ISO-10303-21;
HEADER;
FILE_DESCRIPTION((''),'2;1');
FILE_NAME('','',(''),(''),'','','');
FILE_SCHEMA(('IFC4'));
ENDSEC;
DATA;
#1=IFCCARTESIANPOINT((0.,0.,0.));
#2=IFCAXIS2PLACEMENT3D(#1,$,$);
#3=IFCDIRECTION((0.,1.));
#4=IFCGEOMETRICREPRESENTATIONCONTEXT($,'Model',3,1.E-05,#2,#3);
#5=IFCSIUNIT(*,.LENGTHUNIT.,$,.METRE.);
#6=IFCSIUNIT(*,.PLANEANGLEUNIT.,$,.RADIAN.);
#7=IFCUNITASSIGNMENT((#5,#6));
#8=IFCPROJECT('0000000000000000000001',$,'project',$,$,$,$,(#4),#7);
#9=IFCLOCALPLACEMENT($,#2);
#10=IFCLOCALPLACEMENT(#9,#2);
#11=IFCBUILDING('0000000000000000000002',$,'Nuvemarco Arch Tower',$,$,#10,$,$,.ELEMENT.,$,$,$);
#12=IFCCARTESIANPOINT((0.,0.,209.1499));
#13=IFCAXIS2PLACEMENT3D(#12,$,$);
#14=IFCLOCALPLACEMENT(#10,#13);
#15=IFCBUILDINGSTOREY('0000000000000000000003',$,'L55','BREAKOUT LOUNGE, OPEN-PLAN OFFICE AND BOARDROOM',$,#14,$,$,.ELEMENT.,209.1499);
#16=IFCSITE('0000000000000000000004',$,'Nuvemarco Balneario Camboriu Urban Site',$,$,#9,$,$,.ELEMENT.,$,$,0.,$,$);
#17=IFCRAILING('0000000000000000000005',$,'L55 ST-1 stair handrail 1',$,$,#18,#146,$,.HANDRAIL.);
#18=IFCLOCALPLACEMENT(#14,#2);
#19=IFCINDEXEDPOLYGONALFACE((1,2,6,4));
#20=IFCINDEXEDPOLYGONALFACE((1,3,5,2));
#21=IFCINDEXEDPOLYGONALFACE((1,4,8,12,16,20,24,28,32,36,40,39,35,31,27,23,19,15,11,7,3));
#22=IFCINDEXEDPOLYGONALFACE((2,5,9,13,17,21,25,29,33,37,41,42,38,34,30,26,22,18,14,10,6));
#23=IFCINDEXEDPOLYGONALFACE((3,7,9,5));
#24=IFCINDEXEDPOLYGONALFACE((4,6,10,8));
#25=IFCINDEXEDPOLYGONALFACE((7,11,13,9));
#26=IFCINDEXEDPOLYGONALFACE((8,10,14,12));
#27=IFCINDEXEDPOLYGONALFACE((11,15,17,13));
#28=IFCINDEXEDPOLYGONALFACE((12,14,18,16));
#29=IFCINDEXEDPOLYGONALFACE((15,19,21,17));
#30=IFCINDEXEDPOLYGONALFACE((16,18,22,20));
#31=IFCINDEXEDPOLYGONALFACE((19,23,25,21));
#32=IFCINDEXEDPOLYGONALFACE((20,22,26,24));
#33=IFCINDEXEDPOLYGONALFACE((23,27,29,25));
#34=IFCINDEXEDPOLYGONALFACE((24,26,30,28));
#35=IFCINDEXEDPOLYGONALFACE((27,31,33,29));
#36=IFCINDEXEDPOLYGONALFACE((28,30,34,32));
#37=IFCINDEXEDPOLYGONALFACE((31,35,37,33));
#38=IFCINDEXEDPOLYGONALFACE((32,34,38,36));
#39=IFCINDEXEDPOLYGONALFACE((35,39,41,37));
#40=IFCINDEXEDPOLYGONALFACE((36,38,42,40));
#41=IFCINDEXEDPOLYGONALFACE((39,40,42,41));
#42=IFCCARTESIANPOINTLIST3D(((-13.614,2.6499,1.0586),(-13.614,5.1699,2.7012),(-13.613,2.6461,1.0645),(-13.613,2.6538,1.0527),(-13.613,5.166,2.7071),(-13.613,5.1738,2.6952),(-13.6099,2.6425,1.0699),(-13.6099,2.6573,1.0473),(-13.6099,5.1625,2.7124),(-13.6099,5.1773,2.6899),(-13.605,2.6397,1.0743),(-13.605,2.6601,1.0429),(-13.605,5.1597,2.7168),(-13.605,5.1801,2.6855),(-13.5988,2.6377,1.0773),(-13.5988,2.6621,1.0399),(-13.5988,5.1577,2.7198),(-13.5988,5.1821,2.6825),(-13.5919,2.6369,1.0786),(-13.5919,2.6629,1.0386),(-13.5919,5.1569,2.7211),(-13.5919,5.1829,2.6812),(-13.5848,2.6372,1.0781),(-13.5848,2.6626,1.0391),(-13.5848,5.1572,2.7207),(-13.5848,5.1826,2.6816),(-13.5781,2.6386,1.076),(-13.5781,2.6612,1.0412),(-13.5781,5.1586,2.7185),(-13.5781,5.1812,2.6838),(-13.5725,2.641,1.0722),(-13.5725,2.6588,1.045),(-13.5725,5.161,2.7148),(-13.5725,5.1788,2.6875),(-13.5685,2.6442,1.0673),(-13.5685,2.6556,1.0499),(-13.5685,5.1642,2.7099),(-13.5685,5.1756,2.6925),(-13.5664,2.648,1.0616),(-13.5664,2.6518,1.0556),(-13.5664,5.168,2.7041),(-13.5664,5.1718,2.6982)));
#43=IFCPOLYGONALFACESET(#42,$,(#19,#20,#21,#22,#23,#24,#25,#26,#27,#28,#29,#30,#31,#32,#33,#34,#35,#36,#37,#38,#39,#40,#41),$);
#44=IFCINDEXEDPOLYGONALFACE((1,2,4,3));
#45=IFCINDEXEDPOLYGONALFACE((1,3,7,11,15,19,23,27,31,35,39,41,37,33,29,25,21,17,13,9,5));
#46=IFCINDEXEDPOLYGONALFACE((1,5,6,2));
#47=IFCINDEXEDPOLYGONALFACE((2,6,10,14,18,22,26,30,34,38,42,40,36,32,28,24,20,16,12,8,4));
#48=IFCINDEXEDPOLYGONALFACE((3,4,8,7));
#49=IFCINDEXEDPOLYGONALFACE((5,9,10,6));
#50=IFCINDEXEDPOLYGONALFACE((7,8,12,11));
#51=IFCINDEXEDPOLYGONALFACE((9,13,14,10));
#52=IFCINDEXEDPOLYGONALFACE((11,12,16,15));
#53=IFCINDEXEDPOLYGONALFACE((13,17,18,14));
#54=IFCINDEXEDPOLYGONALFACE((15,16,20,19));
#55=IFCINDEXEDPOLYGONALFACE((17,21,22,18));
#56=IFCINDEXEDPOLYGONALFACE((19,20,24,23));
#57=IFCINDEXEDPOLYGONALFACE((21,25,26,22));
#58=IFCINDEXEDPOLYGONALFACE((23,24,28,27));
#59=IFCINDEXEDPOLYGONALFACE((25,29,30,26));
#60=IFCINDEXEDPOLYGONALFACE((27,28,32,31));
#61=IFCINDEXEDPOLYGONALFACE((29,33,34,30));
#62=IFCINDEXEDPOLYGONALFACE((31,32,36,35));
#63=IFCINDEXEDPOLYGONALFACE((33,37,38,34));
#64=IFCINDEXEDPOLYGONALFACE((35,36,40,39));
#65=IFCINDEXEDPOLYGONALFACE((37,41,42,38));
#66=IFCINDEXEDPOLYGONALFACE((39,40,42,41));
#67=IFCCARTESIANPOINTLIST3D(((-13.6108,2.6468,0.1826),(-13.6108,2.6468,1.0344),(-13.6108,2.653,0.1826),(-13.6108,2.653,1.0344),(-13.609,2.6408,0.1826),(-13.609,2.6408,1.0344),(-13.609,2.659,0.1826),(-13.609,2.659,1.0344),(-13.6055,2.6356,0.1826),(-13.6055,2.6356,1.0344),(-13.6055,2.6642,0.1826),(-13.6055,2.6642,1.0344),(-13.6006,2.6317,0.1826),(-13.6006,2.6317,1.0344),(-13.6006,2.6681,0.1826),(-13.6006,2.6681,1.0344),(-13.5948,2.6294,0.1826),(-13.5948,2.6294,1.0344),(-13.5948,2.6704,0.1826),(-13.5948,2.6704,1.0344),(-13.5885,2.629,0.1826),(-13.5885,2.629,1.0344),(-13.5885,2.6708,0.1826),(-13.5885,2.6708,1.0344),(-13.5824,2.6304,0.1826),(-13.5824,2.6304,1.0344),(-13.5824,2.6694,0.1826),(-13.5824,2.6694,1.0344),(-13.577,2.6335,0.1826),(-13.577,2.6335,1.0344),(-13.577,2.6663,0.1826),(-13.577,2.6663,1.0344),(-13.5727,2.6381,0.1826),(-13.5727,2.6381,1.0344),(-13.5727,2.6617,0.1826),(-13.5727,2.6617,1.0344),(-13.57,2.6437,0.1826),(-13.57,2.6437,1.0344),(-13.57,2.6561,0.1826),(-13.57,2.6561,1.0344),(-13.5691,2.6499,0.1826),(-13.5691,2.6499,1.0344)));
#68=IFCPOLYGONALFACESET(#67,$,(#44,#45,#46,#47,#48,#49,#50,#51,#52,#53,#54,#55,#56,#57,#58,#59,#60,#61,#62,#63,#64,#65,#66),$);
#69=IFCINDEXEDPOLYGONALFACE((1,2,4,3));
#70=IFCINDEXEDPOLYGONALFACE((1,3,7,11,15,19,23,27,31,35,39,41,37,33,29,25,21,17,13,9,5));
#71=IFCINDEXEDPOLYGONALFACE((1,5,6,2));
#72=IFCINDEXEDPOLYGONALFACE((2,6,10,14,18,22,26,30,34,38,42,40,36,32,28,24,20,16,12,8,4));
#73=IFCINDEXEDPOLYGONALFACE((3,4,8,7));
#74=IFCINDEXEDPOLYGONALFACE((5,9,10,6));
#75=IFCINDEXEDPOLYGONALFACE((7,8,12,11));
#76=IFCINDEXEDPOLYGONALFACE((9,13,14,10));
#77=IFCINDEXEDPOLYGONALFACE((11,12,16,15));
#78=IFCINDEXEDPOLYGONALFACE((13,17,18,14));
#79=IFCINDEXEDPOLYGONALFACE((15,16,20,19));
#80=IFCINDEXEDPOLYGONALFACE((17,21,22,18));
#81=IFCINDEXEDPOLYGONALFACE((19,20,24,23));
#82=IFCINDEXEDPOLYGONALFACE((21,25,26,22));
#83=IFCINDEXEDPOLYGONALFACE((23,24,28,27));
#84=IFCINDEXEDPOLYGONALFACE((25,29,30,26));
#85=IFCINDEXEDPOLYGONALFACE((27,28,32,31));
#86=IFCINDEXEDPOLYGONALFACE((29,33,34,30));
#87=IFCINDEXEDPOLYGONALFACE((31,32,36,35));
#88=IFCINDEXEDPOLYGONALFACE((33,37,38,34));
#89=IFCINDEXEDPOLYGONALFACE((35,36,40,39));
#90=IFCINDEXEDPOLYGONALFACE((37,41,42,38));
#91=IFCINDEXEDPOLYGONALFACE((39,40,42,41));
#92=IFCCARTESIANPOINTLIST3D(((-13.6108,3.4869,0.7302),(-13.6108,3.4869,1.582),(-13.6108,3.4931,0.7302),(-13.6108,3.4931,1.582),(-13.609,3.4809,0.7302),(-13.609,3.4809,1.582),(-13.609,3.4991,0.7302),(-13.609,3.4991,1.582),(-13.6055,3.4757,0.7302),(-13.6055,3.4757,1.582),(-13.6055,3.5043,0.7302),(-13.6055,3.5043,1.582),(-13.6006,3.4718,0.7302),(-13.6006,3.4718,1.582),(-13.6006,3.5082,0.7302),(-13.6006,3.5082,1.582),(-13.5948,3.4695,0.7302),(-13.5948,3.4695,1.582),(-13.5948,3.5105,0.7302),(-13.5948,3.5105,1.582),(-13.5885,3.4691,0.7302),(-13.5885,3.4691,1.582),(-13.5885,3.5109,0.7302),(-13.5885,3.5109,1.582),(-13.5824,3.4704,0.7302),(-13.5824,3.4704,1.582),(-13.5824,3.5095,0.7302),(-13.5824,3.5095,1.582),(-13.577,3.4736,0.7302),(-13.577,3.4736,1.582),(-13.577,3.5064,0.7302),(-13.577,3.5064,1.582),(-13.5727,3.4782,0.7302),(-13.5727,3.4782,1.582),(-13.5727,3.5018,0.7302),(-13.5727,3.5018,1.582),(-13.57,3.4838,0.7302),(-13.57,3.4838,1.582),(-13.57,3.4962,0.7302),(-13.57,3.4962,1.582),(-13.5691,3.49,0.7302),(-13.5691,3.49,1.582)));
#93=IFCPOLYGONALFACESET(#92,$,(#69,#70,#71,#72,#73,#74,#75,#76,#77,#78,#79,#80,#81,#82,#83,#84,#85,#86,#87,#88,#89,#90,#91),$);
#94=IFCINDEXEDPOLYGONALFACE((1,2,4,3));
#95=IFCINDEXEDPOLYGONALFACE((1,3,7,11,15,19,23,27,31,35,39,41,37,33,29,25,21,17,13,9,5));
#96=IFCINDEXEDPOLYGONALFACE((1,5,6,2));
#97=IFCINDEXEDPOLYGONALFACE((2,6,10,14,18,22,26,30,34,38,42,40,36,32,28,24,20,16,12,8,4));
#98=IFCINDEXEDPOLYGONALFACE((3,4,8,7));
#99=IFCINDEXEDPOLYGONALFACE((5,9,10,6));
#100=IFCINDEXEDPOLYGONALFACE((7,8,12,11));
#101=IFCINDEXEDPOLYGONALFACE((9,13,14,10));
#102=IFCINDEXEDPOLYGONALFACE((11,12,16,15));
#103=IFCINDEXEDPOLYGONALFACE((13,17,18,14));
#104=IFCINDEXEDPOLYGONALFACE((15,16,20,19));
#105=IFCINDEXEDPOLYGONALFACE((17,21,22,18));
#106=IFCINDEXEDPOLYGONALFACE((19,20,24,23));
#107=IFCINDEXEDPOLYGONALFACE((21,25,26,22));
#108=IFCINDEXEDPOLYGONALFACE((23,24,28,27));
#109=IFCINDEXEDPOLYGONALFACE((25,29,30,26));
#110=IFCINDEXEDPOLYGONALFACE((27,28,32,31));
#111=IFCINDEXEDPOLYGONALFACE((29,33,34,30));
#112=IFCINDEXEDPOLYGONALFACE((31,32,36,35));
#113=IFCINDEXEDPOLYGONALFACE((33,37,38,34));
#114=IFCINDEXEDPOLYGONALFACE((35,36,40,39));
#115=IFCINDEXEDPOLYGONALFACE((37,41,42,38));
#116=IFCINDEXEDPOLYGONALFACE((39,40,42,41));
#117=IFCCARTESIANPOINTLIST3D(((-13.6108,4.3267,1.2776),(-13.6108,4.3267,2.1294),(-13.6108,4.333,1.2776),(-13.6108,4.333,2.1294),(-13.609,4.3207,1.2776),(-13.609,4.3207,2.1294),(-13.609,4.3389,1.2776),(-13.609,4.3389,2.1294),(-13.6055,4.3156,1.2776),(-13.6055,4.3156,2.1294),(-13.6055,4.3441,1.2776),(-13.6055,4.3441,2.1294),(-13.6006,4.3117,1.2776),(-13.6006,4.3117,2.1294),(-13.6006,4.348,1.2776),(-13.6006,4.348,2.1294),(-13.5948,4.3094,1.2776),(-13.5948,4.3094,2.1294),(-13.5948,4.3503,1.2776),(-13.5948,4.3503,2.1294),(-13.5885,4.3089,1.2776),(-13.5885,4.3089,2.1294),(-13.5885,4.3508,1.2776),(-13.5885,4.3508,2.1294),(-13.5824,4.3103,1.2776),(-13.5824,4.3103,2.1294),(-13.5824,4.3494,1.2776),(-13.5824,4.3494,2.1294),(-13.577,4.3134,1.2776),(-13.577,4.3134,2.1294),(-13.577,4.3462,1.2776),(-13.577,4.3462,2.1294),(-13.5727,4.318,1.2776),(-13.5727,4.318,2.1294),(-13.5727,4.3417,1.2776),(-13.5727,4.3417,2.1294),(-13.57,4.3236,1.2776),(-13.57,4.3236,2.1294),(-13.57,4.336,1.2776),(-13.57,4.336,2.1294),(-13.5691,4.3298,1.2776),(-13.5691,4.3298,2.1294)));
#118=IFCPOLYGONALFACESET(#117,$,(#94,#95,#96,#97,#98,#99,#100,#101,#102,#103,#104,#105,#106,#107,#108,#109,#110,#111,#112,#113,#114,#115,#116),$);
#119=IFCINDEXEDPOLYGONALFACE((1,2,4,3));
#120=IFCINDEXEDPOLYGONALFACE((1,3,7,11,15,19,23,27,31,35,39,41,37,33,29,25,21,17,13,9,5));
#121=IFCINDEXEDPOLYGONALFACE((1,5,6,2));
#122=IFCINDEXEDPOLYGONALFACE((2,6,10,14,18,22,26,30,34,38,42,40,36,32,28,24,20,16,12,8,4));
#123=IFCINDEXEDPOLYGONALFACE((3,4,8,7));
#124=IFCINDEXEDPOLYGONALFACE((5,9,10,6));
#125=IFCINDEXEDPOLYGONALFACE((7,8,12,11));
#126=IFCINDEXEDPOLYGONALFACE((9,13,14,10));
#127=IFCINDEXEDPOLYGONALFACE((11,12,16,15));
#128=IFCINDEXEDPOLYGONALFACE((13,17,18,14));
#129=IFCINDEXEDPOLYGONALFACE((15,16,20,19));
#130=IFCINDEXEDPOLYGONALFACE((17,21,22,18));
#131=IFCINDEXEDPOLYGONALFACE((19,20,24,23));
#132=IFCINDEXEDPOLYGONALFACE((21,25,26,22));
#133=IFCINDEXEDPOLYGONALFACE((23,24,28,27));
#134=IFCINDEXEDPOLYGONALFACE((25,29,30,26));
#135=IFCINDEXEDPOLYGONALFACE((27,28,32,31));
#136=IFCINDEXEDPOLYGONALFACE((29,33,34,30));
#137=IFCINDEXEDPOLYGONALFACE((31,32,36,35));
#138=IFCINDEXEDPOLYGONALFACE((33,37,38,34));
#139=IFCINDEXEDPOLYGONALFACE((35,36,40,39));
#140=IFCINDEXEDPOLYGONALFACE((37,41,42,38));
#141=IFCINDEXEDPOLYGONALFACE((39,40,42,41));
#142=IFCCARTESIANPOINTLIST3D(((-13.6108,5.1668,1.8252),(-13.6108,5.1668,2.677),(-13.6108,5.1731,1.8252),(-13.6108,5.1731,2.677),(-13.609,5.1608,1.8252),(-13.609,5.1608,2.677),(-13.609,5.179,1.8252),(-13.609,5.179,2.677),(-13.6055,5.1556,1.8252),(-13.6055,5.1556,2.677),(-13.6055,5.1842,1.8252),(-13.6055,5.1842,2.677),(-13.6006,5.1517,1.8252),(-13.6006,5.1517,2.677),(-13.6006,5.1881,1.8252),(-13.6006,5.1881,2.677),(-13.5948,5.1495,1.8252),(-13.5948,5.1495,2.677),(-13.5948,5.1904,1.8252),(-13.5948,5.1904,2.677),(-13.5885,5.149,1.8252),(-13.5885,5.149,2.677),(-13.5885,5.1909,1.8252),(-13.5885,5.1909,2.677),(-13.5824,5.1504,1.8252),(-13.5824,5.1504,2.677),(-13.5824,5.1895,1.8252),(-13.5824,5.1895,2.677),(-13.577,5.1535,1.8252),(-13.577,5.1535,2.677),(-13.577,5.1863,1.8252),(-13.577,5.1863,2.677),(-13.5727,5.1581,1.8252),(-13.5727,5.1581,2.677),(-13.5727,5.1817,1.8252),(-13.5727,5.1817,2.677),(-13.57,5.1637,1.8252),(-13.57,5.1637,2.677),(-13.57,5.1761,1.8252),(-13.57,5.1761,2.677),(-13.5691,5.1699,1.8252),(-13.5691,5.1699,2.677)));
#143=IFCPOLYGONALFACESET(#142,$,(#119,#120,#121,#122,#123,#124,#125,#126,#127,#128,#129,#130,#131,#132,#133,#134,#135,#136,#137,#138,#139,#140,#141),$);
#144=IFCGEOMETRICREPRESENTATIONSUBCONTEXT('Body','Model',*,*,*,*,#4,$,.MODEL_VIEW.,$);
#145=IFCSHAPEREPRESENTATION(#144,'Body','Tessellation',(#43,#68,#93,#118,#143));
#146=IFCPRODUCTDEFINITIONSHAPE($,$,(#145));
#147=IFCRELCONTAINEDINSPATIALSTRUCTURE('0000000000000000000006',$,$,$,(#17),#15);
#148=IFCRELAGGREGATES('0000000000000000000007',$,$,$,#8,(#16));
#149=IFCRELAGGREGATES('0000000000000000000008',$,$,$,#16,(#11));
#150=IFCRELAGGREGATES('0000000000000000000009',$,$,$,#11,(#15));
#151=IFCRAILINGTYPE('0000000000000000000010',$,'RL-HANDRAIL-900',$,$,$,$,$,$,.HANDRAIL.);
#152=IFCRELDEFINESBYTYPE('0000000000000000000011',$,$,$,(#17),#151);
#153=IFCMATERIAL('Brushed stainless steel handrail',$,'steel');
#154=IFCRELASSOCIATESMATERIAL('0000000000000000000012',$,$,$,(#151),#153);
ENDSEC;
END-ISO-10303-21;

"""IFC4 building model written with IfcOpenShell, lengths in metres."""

from ifc_helpers import new_model, si_unit, direction, frame, origin, origin_2d, place, context, subcontext, project, spatial, circle, extrude, material, type_object, element, save


model = new_model("IFC4")

# Units and contexts
model_context = context("Model", 3, precision=1e-05, world=origin(), true_north=direction((0.0, 1.0)))
body_context = subcontext(model_context, "Body", "Model", "MODEL_VIEW")
ifc_project = project(units=[si_unit("LENGTHUNIT", "METRE"), si_unit("PLANEANGLEUNIT", "RADIAN")], contexts=[model_context])

# Site, building, storey
site_placement = place(None, origin())
site = spatial("IfcSite", under=ifc_project, at=site_placement, Name="Nuvemarco Balneario Camboriu Urban Site", CompositionType="ELEMENT", RefElevation=0.0)
building_placement = place(site_placement, origin())
building = spatial("IfcBuilding", under=site, at=building_placement, Name="Nuvemarco Arch Tower", CompositionType="ELEMENT")
storey_placement = place(building_placement, frame((0.0, 0.0, 209.1499)))
storey = spatial("IfcBuildingStorey", under=building, at=storey_placement, Name="L55", Description="BREAKOUT LOUNGE, OPEN-PLAN OFFICE AND BOARDROOM", CompositionType="ELEMENT", Elevation=209.1499)

# Railing
ifc_material_1 = material(Name="Brushed stainless steel handrail", Category="steel")
railing_type_1 = type_object("IfcRailingType", Name="RL-HANDRAIL-900", PredefinedType="HANDRAIL", material=ifc_material_1)
railing_1_placement = place(storey_placement, frame((-13.5901, 2.6499, 0.1826)))
element("IfcRailing", 1, at=railing_1_placement, inside=storey, type_object=railing_type_1, Name="L55 ST-1 stair handrail 1", PredefinedType="HANDRAIL", context=body_context, shape_type="SweptSolid", body=[
    extrude(circle(Radius=0.0239, at=origin_2d()), frame((0.0, 0.0, 0.876), z_axis=(0.0, 0.837749, 0.546055), x_axis=(-1.0, 0.0, 0.0)), (0.0, 0.0, 1.0), 3.0081),
    extrude(circle(Radius=0.021, at=origin_2d()), origin(), (0.0, 0.0, 1.0), 0.8518),
    extrude(circle(Radius=0.021, at=origin_2d()), frame((0.0, 0.8401, 0.5476)), (0.0, 0.0, 1.0), 0.8518),
    extrude(circle(Radius=0.021, at=origin_2d()), frame((0.0, 1.6799, 1.095)), (0.0, 0.0, 1.0), 0.8518),
    extrude(circle(Radius=0.021, at=origin_2d()), frame((0.0, 2.52, 1.6426)), (0.0, 0.0, 1.0), 0.8518),
])

save(model, "model.ifc")
